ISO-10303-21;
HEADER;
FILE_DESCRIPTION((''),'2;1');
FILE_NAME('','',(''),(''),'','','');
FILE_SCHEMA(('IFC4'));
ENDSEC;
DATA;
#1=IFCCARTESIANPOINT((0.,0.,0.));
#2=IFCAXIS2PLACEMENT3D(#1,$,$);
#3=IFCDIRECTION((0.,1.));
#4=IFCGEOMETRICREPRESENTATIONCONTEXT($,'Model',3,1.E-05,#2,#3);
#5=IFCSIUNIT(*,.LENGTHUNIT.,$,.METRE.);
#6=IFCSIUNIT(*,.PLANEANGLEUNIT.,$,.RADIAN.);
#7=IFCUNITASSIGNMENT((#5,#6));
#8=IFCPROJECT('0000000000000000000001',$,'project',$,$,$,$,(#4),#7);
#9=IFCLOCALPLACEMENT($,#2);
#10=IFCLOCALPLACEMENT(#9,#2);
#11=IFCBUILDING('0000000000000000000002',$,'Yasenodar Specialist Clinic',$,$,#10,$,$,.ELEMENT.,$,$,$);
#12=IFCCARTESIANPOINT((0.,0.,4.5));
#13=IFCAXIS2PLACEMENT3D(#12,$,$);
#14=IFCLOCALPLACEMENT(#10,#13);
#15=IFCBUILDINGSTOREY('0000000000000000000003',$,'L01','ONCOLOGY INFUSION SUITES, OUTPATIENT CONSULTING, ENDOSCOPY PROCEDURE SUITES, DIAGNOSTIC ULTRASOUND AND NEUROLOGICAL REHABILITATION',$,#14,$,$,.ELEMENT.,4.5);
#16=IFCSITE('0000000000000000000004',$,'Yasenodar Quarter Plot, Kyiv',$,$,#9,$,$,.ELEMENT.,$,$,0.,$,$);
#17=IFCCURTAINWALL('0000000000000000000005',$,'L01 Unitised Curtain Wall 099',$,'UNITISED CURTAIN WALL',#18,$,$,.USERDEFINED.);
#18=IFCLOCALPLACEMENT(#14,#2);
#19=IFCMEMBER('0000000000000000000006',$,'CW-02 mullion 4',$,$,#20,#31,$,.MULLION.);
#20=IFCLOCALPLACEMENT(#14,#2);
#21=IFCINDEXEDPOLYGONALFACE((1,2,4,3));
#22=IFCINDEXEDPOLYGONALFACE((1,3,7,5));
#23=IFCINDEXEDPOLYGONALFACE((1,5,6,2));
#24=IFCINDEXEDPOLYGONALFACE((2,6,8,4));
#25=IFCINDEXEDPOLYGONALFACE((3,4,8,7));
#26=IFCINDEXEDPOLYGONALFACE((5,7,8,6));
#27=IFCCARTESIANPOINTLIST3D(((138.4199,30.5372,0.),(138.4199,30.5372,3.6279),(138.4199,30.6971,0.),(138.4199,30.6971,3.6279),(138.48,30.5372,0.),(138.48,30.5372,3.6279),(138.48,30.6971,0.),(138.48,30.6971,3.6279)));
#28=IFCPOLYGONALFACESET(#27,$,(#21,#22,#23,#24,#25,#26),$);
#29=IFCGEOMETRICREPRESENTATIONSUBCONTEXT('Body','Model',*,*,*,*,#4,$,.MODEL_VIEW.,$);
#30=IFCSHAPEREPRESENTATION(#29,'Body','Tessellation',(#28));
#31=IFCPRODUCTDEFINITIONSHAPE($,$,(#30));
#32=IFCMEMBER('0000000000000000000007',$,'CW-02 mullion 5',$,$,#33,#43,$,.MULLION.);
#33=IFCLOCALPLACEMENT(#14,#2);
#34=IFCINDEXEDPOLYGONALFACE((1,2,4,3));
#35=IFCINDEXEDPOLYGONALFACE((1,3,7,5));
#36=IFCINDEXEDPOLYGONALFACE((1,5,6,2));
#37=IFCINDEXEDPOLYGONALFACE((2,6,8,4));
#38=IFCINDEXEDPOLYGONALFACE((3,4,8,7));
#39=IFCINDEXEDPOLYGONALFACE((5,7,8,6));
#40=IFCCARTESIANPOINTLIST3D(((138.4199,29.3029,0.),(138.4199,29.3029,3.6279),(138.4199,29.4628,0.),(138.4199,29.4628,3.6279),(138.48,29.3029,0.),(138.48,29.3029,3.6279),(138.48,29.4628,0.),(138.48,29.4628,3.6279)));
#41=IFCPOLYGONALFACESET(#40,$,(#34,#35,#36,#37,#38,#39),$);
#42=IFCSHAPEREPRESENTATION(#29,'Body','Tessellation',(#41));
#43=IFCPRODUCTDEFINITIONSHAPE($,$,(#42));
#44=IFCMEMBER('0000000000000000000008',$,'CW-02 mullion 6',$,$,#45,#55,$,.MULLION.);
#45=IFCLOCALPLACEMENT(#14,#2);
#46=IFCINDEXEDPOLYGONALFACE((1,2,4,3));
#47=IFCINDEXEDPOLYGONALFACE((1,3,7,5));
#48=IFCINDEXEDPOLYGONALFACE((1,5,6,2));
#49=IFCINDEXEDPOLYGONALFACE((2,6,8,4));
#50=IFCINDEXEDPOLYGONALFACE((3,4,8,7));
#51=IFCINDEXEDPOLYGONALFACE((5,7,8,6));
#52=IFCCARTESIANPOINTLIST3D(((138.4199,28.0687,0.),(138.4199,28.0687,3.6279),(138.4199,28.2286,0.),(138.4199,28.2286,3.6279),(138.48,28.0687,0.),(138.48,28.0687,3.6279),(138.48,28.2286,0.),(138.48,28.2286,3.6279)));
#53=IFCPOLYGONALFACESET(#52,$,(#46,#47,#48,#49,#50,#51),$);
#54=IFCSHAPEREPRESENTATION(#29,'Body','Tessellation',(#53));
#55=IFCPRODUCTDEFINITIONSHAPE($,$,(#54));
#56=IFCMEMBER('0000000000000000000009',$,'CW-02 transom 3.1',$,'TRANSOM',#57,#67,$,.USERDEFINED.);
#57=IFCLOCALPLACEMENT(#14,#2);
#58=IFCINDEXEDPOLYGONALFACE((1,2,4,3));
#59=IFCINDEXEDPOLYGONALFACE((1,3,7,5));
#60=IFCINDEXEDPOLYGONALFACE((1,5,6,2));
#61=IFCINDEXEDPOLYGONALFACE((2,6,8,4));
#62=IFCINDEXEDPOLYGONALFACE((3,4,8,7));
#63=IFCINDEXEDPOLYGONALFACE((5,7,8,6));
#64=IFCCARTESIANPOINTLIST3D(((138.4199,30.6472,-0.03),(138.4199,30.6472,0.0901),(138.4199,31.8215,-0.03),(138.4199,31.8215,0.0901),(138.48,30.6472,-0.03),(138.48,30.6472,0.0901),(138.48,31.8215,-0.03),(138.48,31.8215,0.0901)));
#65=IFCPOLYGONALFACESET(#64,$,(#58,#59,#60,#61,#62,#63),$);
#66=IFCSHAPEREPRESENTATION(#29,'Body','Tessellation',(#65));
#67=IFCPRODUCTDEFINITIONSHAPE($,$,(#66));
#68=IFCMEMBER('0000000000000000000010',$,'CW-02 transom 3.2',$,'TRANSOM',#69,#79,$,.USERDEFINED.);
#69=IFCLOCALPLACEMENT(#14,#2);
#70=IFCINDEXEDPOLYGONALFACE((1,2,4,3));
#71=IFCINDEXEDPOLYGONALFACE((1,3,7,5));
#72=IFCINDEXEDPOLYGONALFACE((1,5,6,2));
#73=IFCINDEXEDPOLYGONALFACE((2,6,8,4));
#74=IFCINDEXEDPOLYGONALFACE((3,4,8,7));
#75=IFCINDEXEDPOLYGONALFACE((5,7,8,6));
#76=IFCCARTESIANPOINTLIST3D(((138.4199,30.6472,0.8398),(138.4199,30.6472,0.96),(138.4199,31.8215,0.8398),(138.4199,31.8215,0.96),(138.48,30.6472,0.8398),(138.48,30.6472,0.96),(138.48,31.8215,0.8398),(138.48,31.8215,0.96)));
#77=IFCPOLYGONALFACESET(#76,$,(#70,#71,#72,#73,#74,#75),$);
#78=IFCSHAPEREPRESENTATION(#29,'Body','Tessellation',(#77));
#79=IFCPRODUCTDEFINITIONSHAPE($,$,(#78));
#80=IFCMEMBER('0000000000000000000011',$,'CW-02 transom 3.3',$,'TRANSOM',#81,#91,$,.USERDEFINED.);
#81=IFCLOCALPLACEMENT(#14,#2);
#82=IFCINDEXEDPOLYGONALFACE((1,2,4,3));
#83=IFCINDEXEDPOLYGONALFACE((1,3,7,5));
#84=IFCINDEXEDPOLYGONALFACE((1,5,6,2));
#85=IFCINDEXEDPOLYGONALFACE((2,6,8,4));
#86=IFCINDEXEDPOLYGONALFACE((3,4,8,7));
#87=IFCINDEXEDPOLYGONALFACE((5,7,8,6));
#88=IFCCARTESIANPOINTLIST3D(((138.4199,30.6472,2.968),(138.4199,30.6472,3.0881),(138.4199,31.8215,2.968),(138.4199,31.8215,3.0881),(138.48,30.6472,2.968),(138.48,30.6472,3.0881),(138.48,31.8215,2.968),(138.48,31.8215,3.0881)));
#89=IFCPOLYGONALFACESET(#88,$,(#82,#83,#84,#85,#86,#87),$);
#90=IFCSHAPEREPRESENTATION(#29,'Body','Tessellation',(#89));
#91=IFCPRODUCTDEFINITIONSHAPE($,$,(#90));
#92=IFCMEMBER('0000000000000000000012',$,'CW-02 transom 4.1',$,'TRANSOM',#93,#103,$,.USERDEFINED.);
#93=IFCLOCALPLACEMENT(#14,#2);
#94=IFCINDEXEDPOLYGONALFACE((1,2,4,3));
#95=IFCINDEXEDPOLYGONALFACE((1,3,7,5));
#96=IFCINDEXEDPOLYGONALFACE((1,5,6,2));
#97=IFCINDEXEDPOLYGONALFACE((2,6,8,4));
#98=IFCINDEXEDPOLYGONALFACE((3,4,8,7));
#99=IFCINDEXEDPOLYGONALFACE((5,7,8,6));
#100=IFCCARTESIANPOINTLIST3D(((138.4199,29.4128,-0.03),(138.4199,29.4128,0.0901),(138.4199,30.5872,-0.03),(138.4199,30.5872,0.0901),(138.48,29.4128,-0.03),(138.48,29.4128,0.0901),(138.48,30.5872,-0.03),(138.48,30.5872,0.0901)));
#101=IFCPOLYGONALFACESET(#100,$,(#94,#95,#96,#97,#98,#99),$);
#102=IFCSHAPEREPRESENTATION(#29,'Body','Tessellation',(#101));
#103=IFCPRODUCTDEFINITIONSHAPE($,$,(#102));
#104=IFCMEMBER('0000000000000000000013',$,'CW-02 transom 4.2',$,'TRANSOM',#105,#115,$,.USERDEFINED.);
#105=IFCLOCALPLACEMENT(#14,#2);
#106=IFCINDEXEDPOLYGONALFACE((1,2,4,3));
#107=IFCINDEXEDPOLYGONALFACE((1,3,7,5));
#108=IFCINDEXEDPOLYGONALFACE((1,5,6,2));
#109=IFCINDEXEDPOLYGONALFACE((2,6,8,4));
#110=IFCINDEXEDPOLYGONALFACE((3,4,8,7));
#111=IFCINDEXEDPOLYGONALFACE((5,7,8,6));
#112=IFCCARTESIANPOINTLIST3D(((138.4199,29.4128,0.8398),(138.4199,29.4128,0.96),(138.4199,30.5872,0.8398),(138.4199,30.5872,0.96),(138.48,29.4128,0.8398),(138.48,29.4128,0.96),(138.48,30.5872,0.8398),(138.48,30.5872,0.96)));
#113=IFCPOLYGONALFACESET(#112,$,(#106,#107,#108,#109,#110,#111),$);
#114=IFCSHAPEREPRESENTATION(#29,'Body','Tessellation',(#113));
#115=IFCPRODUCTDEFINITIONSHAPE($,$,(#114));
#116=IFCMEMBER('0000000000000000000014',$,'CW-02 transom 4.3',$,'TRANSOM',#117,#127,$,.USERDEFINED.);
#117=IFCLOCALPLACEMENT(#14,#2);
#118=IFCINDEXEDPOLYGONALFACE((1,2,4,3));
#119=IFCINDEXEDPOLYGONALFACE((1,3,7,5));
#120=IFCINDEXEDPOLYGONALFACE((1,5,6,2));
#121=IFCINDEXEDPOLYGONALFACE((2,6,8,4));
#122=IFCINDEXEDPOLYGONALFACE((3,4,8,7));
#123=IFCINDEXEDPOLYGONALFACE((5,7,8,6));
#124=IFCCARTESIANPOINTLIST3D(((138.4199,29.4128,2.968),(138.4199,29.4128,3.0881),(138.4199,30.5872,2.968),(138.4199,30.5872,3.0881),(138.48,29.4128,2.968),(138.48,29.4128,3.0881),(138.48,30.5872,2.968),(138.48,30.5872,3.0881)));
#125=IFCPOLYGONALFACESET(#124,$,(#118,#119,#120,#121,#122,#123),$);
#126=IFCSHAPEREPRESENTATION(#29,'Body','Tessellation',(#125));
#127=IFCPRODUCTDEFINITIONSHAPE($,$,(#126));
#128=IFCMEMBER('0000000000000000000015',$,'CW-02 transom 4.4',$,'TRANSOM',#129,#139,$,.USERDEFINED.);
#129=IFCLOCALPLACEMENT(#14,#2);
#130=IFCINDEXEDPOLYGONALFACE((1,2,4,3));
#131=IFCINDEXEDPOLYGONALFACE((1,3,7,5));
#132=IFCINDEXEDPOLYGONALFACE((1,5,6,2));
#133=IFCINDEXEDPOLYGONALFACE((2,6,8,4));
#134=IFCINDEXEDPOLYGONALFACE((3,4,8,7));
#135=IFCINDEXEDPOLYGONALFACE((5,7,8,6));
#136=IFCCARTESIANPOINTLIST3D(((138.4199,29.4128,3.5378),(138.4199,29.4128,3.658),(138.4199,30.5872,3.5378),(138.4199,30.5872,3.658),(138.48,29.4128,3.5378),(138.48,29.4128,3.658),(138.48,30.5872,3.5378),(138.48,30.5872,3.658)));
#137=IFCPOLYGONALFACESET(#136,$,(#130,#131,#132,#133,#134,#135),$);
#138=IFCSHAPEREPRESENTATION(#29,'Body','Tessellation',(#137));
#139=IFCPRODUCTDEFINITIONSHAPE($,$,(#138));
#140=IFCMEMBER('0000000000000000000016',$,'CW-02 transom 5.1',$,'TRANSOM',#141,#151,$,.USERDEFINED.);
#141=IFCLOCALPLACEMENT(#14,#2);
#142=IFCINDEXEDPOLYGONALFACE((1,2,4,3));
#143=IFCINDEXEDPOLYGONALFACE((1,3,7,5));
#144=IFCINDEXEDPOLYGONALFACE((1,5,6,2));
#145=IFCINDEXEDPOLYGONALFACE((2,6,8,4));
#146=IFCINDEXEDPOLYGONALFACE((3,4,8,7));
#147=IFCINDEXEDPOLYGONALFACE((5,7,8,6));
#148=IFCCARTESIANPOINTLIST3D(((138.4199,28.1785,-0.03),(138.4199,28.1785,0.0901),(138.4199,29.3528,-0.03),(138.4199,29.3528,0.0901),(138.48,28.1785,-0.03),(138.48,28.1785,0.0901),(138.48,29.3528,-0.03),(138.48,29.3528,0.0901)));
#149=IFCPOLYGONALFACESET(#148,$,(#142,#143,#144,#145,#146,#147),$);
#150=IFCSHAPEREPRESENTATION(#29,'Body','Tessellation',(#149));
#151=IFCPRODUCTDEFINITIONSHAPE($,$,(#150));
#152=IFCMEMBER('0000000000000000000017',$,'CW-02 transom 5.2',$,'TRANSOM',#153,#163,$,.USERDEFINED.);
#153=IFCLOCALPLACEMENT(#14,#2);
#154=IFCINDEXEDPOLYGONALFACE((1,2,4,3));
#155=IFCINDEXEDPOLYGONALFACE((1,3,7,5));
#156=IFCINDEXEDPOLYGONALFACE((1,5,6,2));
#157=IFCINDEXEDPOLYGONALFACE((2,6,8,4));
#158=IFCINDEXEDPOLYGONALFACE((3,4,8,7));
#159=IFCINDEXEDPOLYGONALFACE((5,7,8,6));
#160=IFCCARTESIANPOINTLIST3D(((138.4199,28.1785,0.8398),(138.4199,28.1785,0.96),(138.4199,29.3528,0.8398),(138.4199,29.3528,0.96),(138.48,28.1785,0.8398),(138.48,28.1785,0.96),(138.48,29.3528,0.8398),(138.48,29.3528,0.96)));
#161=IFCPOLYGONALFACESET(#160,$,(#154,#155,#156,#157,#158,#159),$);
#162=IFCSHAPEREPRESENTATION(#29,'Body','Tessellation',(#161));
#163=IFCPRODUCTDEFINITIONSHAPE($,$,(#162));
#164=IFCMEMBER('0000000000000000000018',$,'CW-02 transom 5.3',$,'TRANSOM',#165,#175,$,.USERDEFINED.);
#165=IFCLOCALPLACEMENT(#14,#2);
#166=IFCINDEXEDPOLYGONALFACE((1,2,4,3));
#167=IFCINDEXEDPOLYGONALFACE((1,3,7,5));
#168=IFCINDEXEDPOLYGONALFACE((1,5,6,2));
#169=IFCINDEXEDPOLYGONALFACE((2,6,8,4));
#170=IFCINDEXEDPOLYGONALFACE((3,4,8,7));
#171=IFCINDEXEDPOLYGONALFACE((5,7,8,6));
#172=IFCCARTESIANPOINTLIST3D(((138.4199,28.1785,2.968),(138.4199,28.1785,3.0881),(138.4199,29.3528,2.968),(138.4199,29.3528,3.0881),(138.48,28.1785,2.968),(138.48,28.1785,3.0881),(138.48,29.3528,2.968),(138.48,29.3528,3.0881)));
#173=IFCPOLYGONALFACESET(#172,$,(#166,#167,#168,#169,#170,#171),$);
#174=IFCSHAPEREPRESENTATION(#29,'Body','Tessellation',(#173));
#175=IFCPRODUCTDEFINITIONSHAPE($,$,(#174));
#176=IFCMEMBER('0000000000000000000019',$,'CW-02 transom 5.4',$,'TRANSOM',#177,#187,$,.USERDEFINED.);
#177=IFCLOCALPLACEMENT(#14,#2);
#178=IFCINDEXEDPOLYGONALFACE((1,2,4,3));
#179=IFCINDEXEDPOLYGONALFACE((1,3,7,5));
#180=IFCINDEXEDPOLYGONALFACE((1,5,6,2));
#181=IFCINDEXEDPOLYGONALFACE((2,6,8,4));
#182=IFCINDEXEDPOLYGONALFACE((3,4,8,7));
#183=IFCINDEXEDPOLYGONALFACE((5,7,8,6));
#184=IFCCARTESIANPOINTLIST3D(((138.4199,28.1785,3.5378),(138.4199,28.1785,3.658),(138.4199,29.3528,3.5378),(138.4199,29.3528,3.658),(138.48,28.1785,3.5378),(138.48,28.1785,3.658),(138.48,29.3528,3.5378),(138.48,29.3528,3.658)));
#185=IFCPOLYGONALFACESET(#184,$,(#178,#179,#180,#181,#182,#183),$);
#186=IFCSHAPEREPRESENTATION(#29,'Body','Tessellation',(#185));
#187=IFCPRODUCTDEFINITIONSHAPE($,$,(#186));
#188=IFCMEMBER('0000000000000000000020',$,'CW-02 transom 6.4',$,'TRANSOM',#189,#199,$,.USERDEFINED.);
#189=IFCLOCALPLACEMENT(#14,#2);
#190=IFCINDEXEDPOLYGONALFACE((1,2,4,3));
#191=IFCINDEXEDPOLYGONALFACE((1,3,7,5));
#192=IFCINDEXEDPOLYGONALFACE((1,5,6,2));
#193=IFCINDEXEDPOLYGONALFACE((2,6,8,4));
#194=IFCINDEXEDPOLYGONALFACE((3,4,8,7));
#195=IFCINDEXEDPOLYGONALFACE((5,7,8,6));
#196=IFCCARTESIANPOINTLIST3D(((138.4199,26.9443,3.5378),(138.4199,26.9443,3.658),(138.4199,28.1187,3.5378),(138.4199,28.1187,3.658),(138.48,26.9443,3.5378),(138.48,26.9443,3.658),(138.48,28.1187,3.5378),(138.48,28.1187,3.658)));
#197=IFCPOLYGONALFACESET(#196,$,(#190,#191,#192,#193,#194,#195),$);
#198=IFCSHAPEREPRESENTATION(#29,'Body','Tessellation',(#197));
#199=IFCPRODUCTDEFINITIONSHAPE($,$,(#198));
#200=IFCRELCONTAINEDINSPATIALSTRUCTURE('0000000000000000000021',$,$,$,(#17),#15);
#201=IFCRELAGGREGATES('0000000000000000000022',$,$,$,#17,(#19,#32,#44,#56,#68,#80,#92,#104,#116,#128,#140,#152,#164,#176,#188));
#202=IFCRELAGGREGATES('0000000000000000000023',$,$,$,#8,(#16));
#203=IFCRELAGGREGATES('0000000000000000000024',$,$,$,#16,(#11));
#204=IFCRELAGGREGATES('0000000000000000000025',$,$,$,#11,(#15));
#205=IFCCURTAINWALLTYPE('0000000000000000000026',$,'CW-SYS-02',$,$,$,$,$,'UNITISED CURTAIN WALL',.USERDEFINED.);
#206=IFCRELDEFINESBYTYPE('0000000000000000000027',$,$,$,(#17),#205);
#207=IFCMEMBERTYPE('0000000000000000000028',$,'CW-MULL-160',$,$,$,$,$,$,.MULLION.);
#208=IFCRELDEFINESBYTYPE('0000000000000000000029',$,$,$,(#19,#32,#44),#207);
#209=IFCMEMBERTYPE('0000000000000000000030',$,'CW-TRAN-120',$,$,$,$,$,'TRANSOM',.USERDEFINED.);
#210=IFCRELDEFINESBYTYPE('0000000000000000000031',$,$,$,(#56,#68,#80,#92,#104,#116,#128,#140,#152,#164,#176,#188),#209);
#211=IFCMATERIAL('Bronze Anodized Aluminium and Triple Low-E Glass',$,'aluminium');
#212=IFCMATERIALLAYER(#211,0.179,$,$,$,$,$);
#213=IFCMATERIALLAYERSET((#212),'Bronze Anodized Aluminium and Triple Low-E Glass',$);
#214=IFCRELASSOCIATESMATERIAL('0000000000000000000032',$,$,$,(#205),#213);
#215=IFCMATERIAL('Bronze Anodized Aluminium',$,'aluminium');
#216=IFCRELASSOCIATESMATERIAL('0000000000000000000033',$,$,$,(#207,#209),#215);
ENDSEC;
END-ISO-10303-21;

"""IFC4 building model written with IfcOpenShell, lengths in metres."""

from ifc_helpers import new_model, si_unit, direction, frame, origin, origin_2d, place, context, subcontext, project, spatial, rectangle, extrude, material, layer, layer_set, material_profile, profile_set, type_object, element, aggregate, save


model = new_model("IFC4")

# Units and contexts
model_context = context("Model", 3, precision=1e-05, world=origin(), true_north=direction((0.0, 1.0)))
body_context = subcontext(model_context, "Body", "Model", "MODEL_VIEW")
ifc_project = project(units=[si_unit("LENGTHUNIT", "METRE"), si_unit("PLANEANGLEUNIT", "RADIAN")], contexts=[model_context])

# Site, building, storey
site_placement = place(None, origin())
site = spatial("IfcSite", under=ifc_project, at=site_placement, Name="Yasenodar Quarter Plot, Kyiv", CompositionType="ELEMENT", RefElevation=0.0)
building_placement = place(site_placement, origin())
building = spatial("IfcBuilding", under=site, at=building_placement, Name="Yasenodar Specialist Clinic", CompositionType="ELEMENT")
storey_placement = place(building_placement, frame((0.0, 0.0, 4.5)))
storey = spatial("IfcBuildingStorey", under=building, at=storey_placement, Name="L01", Description="ONCOLOGY INFUSION SUITES, OUTPATIENT CONSULTING, ENDOSCOPY PROCEDURE SUITES, DIAGNOSTIC ULTRASOUND AND NEUROLOGICAL REHABILITATION", CompositionType="ELEMENT", Elevation=4.5)

# Curtain wall, members
ifc_material_1 = material(Name="Bronze Anodized Aluminium and Triple Low-E Glass", Category="aluminium")
ifc_layer_1 = layer(ifc_material_1, 0.179)
ifc_layer_set_1 = layer_set([ifc_layer_1], Name="Bronze Anodized Aluminium and Triple Low-E Glass")
curtain_wall_type = type_object("IfcCurtainWallType", Name="CW-SYS-02", ElementType="UNITISED CURTAIN WALL", PredefinedType="USERDEFINED", material=ifc_layer_set_1)
curtain_wall_placement = place(storey_placement, origin())
curtain_wall = element("IfcCurtainWall", 1, at=curtain_wall_placement, inside=storey, type_object=curtain_wall_type, Name="L01 Unitised Curtain Wall 099", ObjectType="UNITISED CURTAIN WALL", PredefinedType="USERDEFINED")
ifc_material_2 = material(Name="Bronze Anodized Aluminium", Category="aluminium")
ifc_material_profile_1 = material_profile(ifc_material_2, rectangle(XDim=0.0601, YDim=0.1599, at=origin_2d()), Name="CW-MULL 60x160")
ifc_profile_set_1 = profile_set([ifc_material_profile_1], Name="Bronze Anodized Aluminium")
member_type_1 = type_object("IfcMemberType", Name="CW-MULL-160", PredefinedType="MULLION", material=ifc_profile_set_1)
member_1_placement = place(storey_placement, frame((138.45, 30.6172, 0.0), z_axis=(0.0, 0.0, 1.0), x_axis=(1.0, 0.0, 0.0)))
member_1 = element("IfcMember", 2, at=member_1_placement, type_object=member_type_1, Name="CW-02 mullion 4", PredefinedType="MULLION", context=body_context, shape_type="SweptSolid", body=[
    extrude(rectangle(XDim=0.0601, YDim=0.1599, at=origin_2d()), origin(), (0.0, 0.0, 1.0), 3.6279),
])
member_2_placement = place(storey_placement, frame((138.45, 29.3828, 0.0), z_axis=(0.0, 0.0, 1.0), x_axis=(1.0, 0.0, 0.0)))
member_2 = element("IfcMember", 3, at=member_2_placement, type_object=member_type_1, Name="CW-02 mullion 5", PredefinedType="MULLION", context=body_context, shape_type="SweptSolid", body=[
    extrude(rectangle(XDim=0.0601, YDim=0.1599, at=origin_2d()), origin(), (0.0, 0.0, 1.0), 3.6279),
])
member_3_placement = place(storey_placement, frame((138.45, 28.1487, 0.0), z_axis=(0.0, 0.0, 1.0), x_axis=(1.0, 0.0, 0.0)))
member_3 = element("IfcMember", 4, at=member_3_placement, type_object=member_type_1, Name="CW-02 mullion 6", PredefinedType="MULLION", context=body_context, shape_type="SweptSolid", body=[
    extrude(rectangle(XDim=0.0601, YDim=0.1599, at=origin_2d()), origin(), (0.0, 0.0, 1.0), 3.6279),
])
ifc_material_profile_2 = material_profile(ifc_material_2, rectangle(XDim=0.0601, YDim=0.1201, at=origin_2d()), Name="CW-TRAN 60x120")
ifc_profile_set_2 = profile_set([ifc_material_profile_2], Name="Bronze Anodized Aluminium")
member_type_2 = type_object("IfcMemberType", Name="CW-TRAN-120", ElementType="TRANSOM", PredefinedType="USERDEFINED", material=ifc_profile_set_2)
member_4_placement = place(storey_placement, frame((138.45, 31.8215, 0.03), z_axis=(0.0, -1.0, 0.0), x_axis=(1.0, 0.0, 0.0)))
member_4 = element("IfcMember", 5, at=member_4_placement, type_object=member_type_2, Name="CW-02 transom 3.1", ObjectType="TRANSOM", PredefinedType="USERDEFINED", context=body_context, shape_type="SweptSolid", body=[
    extrude(rectangle(XDim=0.0601, YDim=0.1201, at=origin_2d()), origin(), (0.0, 0.0, 1.0), 1.1743),
])
member_5_placement = place(storey_placement, frame((138.45, 31.8215, 0.8999), z_axis=(0.0, -1.0, 0.0), x_axis=(1.0, 0.0, 0.0)))
member_5 = element("IfcMember", 6, at=member_5_placement, type_object=member_type_2, Name="CW-02 transom 3.2", ObjectType="TRANSOM", PredefinedType="USERDEFINED", context=body_context, shape_type="SweptSolid", body=[
    extrude(rectangle(XDim=0.0601, YDim=0.1201, at=origin_2d()), origin(), (0.0, 0.0, 1.0), 1.1743),
])
member_6_placement = place(storey_placement, frame((138.45, 31.8215, 3.0281), z_axis=(0.0, -1.0, 0.0), x_axis=(1.0, 0.0, 0.0)))
member_6 = element("IfcMember", 7, at=member_6_placement, type_object=member_type_2, Name="CW-02 transom 3.3", ObjectType="TRANSOM", PredefinedType="USERDEFINED", context=body_context, shape_type="SweptSolid", body=[
    extrude(rectangle(XDim=0.0601, YDim=0.1201, at=origin_2d()), origin(), (0.0, 0.0, 1.0), 1.1743),
])
member_7_placement = place(storey_placement, frame((138.45, 30.5872, 0.03), z_axis=(0.0, -1.0, 0.0), x_axis=(1.0, 0.0, 0.0)))
member_7 = element("IfcMember", 8, at=member_7_placement, type_object=member_type_2, Name="CW-02 transom 4.1", ObjectType="TRANSOM", PredefinedType="USERDEFINED", context=body_context, shape_type="SweptSolid", body=[
    extrude(rectangle(XDim=0.0601, YDim=0.1201, at=origin_2d()), origin(), (0.0, 0.0, 1.0), 1.1743),
])
member_8_placement = place(storey_placement, frame((138.45, 30.5872, 0.8999), z_axis=(0.0, -1.0, 0.0), x_axis=(1.0, 0.0, 0.0)))
member_8 = element("IfcMember", 9, at=member_8_placement, type_object=member_type_2, Name="CW-02 transom 4.2", ObjectType="TRANSOM", PredefinedType="USERDEFINED", context=body_context, shape_type="SweptSolid", body=[
    extrude(rectangle(XDim=0.0601, YDim=0.1201, at=origin_2d()), origin(), (0.0, 0.0, 1.0), 1.1743),
])
member_9_placement = place(storey_placement, frame((138.45, 30.5872, 3.0281), z_axis=(0.0, -1.0, 0.0), x_axis=(1.0, 0.0, 0.0)))
member_9 = element("IfcMember", 10, at=member_9_placement, type_object=member_type_2, Name="CW-02 transom 4.3", ObjectType="TRANSOM", PredefinedType="USERDEFINED", context=body_context, shape_type="SweptSolid", body=[
    extrude(rectangle(XDim=0.0601, YDim=0.1201, at=origin_2d()), origin(), (0.0, 0.0, 1.0), 1.1743),
])
member_10_placement = place(storey_placement, frame((138.45, 30.5872, 3.5979), z_axis=(0.0, -1.0, 0.0), x_axis=(1.0, 0.0, 0.0)))
member_10 = element("IfcMember", 11, at=member_10_placement, type_object=member_type_2, Name="CW-02 transom 4.4", ObjectType="TRANSOM", PredefinedType="USERDEFINED", context=body_context, shape_type="SweptSolid", body=[
    extrude(rectangle(XDim=0.0601, YDim=0.1201, at=origin_2d()), origin(), (0.0, 0.0, 1.0), 1.1743),
])
member_11_placement = place(storey_placement, frame((138.45, 29.3528, 0.03), z_axis=(0.0, -1.0, 0.0), x_axis=(1.0, 0.0, 0.0)))
member_11 = element("IfcMember", 12, at=member_11_placement, type_object=member_type_2, Name="CW-02 transom 5.1", ObjectType="TRANSOM", PredefinedType="USERDEFINED", context=body_context, shape_type="SweptSolid", body=[
    extrude(rectangle(XDim=0.0601, YDim=0.1201, at=origin_2d()), origin(), (0.0, 0.0, 1.0), 1.1743),
])
member_12_placement = place(storey_placement, frame((138.45, 29.3528, 0.8999), z_axis=(0.0, -1.0, 0.0), x_axis=(1.0, 0.0, 0.0)))
member_12 = element("IfcMember", 13, at=member_12_placement, type_object=member_type_2, Name="CW-02 transom 5.2", ObjectType="TRANSOM", PredefinedType="USERDEFINED", context=body_context, shape_type="SweptSolid", body=[
    extrude(rectangle(XDim=0.0601, YDim=0.1201, at=origin_2d()), origin(), (0.0, 0.0, 1.0), 1.1743),
])
member_13_placement = place(storey_placement, frame((138.45, 29.3528, 3.0281), z_axis=(0.0, -1.0, 0.0), x_axis=(1.0, 0.0, 0.0)))
member_13 = element("IfcMember", 14, at=member_13_placement, type_object=member_type_2, Name="CW-02 transom 5.3", ObjectType="TRANSOM", PredefinedType="USERDEFINED", context=body_context, shape_type="SweptSolid", body=[
    extrude(rectangle(XDim=0.0601, YDim=0.1201, at=origin_2d()), origin(), (0.0, 0.0, 1.0), 1.1743),
])
member_14_placement = place(storey_placement, frame((138.45, 29.3528, 3.5979), z_axis=(0.0, -1.0, 0.0), x_axis=(1.0, 0.0, 0.0)))
member_14 = element("IfcMember", 15, at=member_14_placement, type_object=member_type_2, Name="CW-02 transom 5.4", ObjectType="TRANSOM", PredefinedType="USERDEFINED", context=body_context, shape_type="SweptSolid", body=[
    extrude(rectangle(XDim=0.0601, YDim=0.1201, at=origin_2d()), origin(), (0.0, 0.0, 1.0), 1.1743),
])
member_15_placement = place(storey_placement, frame((138.45, 28.1187, 3.5979), z_axis=(0.0, -1.0, 0.0), x_axis=(1.0, 0.0, 0.0)))
member_15 = element("IfcMember", 16, at=member_15_placement, type_object=member_type_2, Name="CW-02 transom 6.4", ObjectType="TRANSOM", PredefinedType="USERDEFINED", context=body_context, shape_type="SweptSolid", body=[
    extrude(rectangle(XDim=0.0601, YDim=0.1201, at=origin_2d()), origin(), (0.0, 0.0, 1.0), 1.1743),
])
aggregate(curtain_wall, [member_1, member_2, member_3, member_4, member_5, member_6, member_7, member_8, member_9, member_10, member_11, member_12, member_13, member_14, member_15])

save(model, "model.ifc")
